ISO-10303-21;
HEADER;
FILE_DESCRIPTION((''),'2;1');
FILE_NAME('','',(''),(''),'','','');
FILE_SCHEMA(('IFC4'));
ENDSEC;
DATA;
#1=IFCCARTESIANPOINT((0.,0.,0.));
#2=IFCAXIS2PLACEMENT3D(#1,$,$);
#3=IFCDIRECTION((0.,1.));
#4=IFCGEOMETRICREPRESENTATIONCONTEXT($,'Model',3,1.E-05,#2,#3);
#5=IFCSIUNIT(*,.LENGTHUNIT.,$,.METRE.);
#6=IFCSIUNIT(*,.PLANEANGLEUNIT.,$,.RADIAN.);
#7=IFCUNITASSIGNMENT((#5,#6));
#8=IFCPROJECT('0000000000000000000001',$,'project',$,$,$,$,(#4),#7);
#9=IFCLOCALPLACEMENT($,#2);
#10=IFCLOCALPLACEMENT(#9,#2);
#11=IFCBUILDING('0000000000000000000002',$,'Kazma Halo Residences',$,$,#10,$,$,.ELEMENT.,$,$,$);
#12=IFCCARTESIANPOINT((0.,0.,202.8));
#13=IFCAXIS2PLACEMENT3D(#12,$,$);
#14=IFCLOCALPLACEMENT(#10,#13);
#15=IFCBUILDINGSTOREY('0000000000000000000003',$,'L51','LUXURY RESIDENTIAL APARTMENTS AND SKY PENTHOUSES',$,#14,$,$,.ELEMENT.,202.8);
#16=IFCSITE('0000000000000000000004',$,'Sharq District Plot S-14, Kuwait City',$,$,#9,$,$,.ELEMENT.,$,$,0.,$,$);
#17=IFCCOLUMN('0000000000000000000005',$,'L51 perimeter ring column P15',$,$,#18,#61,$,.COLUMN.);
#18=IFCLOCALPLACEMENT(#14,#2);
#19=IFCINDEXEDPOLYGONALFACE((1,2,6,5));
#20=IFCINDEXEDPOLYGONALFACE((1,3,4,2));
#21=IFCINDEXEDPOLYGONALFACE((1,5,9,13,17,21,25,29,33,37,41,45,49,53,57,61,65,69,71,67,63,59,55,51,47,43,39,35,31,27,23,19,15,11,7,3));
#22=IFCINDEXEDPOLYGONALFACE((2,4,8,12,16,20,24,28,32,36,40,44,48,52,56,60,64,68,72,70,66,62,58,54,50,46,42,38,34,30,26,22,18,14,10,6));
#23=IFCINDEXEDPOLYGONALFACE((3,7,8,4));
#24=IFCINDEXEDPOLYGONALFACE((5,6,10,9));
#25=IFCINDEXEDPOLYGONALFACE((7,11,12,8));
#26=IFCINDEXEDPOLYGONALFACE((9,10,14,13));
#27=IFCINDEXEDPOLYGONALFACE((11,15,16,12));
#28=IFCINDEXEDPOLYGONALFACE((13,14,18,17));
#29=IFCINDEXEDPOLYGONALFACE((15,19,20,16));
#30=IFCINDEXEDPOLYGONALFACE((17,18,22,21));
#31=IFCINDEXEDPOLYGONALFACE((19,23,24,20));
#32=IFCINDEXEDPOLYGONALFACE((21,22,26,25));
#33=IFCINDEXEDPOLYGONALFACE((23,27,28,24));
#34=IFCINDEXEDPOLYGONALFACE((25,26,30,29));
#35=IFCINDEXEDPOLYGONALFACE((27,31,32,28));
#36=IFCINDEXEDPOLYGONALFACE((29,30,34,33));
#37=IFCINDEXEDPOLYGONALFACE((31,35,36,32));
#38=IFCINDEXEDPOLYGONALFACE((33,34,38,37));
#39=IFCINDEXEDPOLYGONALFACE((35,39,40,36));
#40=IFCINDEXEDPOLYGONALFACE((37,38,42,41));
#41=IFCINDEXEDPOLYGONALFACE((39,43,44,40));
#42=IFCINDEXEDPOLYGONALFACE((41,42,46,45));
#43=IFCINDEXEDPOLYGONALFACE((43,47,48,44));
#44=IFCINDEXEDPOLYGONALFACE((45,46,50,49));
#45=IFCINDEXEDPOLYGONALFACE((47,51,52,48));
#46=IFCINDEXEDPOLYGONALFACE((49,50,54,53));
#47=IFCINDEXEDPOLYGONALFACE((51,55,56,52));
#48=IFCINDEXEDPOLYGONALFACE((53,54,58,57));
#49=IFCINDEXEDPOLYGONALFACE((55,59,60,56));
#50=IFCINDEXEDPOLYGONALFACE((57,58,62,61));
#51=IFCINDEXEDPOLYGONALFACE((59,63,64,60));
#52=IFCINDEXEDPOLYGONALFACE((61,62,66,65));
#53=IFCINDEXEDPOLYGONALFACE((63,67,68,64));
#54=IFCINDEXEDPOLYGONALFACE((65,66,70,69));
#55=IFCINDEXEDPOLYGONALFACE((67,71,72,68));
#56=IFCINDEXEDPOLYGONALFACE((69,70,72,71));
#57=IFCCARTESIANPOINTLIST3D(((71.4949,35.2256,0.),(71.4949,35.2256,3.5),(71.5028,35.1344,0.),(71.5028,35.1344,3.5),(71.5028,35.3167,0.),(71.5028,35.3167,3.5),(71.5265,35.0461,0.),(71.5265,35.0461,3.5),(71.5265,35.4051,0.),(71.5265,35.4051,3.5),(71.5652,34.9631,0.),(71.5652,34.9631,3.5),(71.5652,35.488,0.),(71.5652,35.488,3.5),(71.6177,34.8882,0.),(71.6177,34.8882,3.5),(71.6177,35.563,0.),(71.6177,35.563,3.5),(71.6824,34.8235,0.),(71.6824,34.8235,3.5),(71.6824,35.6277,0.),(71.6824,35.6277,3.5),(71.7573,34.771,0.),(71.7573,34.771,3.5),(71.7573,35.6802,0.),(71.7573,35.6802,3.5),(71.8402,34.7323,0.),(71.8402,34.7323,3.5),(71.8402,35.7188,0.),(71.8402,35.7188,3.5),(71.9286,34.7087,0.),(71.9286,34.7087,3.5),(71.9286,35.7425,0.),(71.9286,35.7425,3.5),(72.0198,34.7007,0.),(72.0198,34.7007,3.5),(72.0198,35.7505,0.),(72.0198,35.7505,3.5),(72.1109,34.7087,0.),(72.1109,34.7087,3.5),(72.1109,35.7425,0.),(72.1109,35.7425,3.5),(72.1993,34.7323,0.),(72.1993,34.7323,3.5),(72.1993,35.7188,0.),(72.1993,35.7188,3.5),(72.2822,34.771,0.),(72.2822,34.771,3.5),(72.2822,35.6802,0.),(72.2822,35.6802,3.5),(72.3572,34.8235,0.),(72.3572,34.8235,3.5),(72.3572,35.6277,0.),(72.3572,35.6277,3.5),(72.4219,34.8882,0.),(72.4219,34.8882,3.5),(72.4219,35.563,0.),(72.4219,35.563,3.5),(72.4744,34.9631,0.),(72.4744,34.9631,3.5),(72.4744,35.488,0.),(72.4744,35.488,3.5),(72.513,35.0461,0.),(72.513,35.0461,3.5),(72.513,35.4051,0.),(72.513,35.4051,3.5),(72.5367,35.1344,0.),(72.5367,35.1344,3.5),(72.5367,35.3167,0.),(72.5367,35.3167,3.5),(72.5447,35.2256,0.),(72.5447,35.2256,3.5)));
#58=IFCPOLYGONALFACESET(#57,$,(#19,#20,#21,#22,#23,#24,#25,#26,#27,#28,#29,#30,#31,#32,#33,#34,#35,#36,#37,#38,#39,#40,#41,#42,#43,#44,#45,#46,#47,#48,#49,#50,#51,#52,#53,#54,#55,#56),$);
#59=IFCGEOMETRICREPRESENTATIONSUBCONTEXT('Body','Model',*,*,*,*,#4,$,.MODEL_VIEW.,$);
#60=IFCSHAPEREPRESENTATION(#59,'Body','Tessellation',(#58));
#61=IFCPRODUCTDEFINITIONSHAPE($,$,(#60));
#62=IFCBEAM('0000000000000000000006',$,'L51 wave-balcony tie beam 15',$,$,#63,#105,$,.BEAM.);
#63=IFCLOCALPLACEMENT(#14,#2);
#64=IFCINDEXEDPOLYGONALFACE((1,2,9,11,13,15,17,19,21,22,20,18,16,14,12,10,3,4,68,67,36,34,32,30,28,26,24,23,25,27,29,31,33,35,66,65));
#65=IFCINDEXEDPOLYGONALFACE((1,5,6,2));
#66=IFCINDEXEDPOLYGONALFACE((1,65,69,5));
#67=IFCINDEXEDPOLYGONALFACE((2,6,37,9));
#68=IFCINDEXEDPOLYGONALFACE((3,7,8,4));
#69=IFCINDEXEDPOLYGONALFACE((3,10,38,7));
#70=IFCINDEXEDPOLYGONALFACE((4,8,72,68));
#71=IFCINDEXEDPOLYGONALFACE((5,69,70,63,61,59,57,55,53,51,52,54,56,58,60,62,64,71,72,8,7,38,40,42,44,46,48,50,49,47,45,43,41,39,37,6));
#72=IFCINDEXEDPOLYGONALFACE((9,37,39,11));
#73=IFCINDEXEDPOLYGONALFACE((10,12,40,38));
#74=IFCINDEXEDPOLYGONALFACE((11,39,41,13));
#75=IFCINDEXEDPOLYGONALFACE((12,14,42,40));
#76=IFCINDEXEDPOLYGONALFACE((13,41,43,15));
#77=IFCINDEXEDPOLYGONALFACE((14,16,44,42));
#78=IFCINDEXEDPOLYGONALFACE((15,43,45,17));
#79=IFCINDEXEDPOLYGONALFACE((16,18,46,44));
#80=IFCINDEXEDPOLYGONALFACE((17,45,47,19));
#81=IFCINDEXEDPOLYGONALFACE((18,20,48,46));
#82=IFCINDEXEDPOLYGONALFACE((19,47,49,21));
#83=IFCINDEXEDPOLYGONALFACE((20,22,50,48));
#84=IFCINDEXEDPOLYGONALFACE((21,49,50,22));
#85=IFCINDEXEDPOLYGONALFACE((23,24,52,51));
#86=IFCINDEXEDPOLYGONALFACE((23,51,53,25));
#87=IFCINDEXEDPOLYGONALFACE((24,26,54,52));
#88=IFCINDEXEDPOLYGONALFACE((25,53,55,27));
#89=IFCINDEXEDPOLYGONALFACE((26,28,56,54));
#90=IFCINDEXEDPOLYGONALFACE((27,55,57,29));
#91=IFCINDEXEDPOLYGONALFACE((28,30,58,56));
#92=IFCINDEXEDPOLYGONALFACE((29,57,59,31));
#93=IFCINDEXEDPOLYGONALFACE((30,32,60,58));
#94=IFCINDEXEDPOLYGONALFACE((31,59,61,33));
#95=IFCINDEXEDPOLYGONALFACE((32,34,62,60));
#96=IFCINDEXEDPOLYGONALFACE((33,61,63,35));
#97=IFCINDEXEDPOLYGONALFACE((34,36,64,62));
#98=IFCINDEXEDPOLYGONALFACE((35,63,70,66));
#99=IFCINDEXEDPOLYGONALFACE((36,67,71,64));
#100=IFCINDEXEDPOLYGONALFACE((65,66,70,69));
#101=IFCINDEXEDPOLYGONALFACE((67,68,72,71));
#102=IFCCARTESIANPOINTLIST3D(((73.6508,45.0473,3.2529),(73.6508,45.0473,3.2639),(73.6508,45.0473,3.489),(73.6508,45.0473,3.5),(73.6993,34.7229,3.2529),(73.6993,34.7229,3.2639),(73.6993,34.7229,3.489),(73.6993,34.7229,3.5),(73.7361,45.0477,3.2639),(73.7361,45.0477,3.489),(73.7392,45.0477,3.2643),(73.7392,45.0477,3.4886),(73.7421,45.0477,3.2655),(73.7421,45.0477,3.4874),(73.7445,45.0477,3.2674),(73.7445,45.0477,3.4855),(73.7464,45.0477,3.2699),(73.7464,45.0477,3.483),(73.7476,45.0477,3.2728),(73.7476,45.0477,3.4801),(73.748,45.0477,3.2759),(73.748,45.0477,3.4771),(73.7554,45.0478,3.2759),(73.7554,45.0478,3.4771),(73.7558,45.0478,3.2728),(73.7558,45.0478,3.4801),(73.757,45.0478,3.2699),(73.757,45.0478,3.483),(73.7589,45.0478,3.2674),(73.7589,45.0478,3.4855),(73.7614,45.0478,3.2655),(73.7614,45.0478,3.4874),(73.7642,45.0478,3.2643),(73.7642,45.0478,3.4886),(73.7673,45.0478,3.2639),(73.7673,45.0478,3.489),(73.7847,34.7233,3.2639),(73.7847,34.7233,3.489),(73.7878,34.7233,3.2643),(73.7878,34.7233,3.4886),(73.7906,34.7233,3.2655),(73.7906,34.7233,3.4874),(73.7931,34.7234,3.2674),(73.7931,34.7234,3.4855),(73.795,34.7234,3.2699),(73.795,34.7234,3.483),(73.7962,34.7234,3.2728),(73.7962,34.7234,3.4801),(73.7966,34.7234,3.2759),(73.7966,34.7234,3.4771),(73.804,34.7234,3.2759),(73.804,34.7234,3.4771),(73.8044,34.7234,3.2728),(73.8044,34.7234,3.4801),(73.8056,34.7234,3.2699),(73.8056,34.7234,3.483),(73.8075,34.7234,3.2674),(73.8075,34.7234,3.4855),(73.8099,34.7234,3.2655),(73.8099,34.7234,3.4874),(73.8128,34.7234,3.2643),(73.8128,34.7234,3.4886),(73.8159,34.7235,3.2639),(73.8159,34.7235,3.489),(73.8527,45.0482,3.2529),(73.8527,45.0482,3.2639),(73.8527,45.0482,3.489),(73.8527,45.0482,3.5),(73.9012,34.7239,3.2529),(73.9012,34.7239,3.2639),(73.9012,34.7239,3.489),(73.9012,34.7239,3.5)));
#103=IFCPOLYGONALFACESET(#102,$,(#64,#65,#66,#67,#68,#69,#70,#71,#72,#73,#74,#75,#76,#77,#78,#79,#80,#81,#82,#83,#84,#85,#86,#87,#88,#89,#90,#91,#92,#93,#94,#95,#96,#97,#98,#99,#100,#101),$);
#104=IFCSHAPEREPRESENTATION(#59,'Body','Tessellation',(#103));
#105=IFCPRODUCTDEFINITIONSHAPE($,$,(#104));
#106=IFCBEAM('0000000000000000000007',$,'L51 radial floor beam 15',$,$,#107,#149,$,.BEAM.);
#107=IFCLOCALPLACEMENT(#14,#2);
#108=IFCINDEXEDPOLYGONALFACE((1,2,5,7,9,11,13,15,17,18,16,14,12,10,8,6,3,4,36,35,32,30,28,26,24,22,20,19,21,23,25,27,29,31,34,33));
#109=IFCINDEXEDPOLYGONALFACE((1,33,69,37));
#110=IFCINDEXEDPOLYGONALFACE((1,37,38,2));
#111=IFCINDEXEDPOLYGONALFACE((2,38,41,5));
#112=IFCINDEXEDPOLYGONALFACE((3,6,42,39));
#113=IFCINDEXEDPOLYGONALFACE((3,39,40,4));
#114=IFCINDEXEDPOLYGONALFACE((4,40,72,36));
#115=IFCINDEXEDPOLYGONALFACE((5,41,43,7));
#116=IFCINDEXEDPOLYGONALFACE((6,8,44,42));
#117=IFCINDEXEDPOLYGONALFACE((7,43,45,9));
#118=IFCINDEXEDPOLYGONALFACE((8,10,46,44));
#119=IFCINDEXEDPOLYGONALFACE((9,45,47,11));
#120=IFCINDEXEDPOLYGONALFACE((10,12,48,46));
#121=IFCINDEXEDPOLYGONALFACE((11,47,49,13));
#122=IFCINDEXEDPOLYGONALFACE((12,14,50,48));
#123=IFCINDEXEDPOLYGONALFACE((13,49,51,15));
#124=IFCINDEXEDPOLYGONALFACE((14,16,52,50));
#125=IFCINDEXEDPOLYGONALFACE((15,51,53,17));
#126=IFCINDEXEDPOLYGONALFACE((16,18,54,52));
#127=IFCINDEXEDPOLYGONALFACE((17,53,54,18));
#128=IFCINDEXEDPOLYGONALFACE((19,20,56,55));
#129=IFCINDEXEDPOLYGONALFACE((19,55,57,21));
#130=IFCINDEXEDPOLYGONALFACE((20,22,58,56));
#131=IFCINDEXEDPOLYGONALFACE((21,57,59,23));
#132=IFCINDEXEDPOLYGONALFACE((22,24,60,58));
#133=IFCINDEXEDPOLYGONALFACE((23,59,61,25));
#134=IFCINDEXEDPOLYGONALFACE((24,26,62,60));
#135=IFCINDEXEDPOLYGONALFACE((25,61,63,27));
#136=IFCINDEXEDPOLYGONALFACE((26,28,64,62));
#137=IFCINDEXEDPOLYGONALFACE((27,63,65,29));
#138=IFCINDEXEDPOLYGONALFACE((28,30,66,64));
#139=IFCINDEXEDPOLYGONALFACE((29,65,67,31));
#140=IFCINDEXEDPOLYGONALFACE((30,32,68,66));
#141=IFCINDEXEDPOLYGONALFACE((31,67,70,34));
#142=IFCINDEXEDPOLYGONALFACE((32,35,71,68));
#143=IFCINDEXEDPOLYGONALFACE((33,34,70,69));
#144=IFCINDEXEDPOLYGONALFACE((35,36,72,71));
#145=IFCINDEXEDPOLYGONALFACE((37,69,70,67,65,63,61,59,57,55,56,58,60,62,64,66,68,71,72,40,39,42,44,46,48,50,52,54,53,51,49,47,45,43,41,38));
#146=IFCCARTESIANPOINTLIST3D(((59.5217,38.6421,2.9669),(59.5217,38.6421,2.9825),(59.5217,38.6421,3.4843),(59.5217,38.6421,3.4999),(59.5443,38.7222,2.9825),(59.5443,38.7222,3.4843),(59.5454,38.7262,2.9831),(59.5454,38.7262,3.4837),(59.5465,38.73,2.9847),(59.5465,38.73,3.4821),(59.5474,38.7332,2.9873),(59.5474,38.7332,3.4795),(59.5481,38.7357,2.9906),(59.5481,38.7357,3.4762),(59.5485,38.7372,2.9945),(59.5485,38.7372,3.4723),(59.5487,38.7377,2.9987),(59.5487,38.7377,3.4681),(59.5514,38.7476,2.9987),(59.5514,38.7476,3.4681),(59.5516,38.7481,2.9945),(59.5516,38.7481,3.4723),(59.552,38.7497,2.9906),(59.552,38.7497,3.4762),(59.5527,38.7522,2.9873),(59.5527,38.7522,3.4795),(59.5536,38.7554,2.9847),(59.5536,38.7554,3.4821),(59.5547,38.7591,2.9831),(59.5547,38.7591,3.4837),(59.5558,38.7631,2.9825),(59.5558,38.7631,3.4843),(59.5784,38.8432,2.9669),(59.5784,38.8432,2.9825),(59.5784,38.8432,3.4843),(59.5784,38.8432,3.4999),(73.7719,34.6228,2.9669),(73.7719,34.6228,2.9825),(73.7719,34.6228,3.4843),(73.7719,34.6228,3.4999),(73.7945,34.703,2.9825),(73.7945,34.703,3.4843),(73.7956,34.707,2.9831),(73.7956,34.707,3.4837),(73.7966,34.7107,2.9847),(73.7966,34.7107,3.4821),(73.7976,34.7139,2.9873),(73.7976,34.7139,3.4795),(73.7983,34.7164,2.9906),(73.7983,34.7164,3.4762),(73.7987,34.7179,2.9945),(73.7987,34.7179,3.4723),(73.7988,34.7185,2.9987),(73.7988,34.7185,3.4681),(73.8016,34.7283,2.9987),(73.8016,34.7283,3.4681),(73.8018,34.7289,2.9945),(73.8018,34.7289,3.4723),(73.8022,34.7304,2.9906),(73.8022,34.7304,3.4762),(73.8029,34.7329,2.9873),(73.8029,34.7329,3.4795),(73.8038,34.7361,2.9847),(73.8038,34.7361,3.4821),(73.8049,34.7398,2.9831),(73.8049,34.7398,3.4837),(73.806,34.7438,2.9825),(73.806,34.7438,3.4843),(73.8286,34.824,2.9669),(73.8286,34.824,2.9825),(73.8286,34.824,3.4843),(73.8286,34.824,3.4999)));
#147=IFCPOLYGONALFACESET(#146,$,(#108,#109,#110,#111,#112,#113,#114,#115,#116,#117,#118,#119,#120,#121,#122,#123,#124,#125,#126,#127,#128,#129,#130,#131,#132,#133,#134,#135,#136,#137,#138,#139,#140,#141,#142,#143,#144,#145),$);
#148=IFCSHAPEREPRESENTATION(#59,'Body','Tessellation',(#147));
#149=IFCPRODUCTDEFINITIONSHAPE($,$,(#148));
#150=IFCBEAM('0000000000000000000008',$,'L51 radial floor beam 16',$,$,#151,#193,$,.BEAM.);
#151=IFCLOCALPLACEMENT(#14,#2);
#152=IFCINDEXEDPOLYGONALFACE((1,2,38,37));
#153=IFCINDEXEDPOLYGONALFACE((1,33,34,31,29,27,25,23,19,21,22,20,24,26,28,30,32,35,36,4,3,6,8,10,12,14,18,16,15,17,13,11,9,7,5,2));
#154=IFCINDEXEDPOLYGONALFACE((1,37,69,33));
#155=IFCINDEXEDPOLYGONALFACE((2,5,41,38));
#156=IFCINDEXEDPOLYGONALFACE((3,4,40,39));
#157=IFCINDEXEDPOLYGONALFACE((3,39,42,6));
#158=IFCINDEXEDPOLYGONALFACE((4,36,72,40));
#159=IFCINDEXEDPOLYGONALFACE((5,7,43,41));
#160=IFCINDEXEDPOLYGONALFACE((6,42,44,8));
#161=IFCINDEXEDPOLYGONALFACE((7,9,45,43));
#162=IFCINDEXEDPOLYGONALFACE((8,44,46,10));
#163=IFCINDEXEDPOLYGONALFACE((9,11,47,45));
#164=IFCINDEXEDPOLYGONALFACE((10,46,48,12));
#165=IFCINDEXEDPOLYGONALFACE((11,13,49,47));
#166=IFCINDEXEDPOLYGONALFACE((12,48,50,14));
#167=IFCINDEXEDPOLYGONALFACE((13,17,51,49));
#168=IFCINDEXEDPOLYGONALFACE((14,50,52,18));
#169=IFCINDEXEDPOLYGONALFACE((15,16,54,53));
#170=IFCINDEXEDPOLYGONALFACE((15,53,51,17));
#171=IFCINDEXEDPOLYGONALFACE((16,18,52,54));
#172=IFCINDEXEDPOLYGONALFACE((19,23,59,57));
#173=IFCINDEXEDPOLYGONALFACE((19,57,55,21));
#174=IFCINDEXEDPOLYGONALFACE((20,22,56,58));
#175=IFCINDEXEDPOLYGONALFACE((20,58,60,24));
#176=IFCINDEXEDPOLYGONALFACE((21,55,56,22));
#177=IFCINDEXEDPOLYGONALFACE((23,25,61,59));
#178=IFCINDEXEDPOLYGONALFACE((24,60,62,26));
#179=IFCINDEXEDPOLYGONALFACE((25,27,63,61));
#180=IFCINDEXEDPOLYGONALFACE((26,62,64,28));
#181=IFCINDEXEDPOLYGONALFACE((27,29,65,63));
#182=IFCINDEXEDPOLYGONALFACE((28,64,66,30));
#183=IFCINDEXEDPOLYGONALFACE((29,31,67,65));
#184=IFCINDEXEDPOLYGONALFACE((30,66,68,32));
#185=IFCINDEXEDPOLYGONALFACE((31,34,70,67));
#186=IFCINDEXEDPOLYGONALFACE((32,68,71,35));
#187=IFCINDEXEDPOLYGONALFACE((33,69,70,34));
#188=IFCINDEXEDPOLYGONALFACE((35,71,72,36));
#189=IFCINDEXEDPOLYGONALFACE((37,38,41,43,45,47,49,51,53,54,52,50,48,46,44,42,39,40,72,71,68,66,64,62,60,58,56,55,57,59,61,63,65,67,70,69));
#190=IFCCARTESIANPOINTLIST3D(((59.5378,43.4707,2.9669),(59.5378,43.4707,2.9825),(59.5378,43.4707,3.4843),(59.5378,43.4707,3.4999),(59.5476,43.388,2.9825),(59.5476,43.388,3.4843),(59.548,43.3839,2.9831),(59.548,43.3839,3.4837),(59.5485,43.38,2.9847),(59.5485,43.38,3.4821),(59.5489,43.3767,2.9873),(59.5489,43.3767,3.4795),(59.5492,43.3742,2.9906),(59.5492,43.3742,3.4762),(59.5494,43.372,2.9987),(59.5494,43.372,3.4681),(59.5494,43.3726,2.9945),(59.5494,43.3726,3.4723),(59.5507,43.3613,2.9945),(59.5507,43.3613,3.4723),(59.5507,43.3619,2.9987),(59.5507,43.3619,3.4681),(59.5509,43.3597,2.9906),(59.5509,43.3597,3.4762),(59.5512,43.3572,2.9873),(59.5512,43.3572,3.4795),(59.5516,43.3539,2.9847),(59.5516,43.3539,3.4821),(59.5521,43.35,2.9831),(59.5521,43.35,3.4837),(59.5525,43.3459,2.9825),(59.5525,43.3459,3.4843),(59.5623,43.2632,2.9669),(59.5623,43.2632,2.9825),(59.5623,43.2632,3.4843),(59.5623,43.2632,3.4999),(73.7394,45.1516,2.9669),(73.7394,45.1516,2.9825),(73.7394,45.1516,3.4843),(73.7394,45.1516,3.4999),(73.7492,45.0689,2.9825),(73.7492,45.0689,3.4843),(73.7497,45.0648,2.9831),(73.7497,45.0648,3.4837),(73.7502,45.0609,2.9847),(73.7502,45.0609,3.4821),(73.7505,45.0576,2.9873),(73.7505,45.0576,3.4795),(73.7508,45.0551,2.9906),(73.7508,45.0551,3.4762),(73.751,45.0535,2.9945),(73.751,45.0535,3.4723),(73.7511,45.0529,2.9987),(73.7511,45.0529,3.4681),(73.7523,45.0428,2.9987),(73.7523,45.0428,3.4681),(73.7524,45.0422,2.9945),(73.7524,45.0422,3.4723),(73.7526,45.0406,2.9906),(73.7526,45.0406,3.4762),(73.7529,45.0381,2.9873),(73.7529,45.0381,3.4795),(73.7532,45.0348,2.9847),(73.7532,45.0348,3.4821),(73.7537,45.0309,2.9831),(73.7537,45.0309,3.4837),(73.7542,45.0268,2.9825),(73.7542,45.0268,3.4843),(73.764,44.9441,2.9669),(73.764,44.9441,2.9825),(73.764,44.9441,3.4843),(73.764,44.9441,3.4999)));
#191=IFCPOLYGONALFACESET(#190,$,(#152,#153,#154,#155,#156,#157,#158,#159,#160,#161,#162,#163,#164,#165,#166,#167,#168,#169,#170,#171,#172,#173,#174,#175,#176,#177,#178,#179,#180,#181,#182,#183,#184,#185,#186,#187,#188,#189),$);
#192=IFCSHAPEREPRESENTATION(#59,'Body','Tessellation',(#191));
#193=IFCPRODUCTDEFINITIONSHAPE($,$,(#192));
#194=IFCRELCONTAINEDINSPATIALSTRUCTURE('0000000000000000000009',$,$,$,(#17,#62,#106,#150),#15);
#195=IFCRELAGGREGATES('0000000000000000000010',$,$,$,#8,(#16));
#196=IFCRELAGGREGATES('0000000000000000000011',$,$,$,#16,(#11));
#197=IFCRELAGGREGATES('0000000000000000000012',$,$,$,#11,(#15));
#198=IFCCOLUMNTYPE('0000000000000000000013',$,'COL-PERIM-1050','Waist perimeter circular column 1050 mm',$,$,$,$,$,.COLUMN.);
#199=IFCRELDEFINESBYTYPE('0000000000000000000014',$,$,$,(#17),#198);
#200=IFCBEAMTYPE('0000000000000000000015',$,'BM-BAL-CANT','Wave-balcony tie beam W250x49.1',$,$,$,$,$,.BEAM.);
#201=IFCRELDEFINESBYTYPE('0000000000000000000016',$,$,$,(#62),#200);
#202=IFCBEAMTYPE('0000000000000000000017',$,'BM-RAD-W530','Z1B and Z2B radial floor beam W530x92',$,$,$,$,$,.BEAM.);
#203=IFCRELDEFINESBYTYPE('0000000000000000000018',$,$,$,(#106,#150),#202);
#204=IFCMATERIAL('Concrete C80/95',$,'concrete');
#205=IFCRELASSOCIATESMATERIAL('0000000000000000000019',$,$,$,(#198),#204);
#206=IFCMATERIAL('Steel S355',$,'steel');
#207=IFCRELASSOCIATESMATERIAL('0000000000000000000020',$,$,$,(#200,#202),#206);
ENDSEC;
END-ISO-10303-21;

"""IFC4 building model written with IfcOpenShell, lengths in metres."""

from ifc_helpers import new_model, si_unit, direction, frame, origin, origin_2d, place, context, subcontext, project, spatial, circle, i_section, extrude, material, material_profile, profile_set, type_object, element, save


model = new_model("IFC4")

# Units and contexts
model_context = context("Model", 3, precision=1e-05, world=origin(), true_north=direction((0.0, 1.0)))
body_context = subcontext(model_context, "Body", "Model", "MODEL_VIEW")
ifc_project = project(units=[si_unit("LENGTHUNIT", "METRE"), si_unit("PLANEANGLEUNIT", "RADIAN")], contexts=[model_context])

# Site, building, storey
site_placement = place(None, origin())
site = spatial("IfcSite", under=ifc_project, at=site_placement, Name="Sharq District Plot S-14, Kuwait City", CompositionType="ELEMENT", RefElevation=0.0)
building_placement = place(site_placement, origin())
building = spatial("IfcBuilding", under=site, at=building_placement, Name="Kazma Halo Residences", CompositionType="ELEMENT")
storey_placement = place(building_placement, frame((0.0, 0.0, 202.8)))
storey = spatial("IfcBuildingStorey", under=building, at=storey_placement, Name="L51", Description="LUXURY RESIDENTIAL APARTMENTS AND SKY PENTHOUSES", CompositionType="ELEMENT", Elevation=202.8)

# Column
ifc_material_1 = material(Name="Concrete C80/95", Category="concrete")
ifc_material_profile_1 = material_profile(ifc_material_1, circle(Radius=0.5249, at=origin_2d()), Name="CIRC1050")
ifc_profile_set_1 = profile_set([ifc_material_profile_1], Name="Concrete C80/95")
column_type = type_object("IfcColumnType", Name="COL-PERIM-1050", Description="Waist perimeter circular column 1050 mm", PredefinedType="COLUMN", material=ifc_profile_set_1)
column_placement = place(storey_placement, frame((72.0198, 35.2256, 0.0), z_axis=(0.0, 0.0, 1.0), x_axis=(1.0, 0.0, 0.0)))
element("IfcColumn", 1, at=column_placement, inside=storey, type_object=column_type, Name="L51 perimeter ring column P15", PredefinedType="COLUMN", context=body_context, shape_type="SweptSolid", body=[
    extrude(circle(Radius=0.5249, at=origin_2d()), origin(), (0.0, 0.0, 1.0), 3.5),
])

# Beams
ifc_material_2 = material(Name="Steel S355", Category="steel")
ifc_material_profile_2 = material_profile(ifc_material_2, i_section(OverallWidth=0.2019, OverallDepth=0.2471, WebThickness=0.0073, FlangeThickness=0.011, FilletRadius=0.012, at=origin_2d()), Name="W250x49.1")
ifc_profile_set_2 = profile_set([ifc_material_profile_2], Name="Steel S355")
beam_type_1 = type_object("IfcBeamType", Name="BM-BAL-CANT", Description="Wave-balcony tie beam W250x49.1", PredefinedType="BEAM", material=ifc_profile_set_2)
beam_1_placement = place(storey_placement, frame((73.8003, 34.7234, 3.3765), z_axis=(-0.004706, 0.999989, 0.0), x_axis=(-0.999989, -0.004706, 0.0)))
element("IfcBeam", 2, at=beam_1_placement, inside=storey, type_object=beam_type_1, Name="L51 wave-balcony tie beam 15", PredefinedType="BEAM", context=body_context, shape_type="SweptSolid", body=[
    extrude(i_section(OverallWidth=0.2019, OverallDepth=0.2471, WebThickness=0.0073, FlangeThickness=0.011, FilletRadius=0.012, at=origin_2d()), origin(), (0.0, 0.0, 1.0), 10.3245),
])
ifc_material_profile_3 = material_profile(ifc_material_2, i_section(OverallWidth=0.209, OverallDepth=0.533, WebThickness=0.0103, FlangeThickness=0.0156, FilletRadius=0.0161, at=origin_2d()), Name="W530x92")
ifc_profile_set_3 = profile_set([ifc_material_profile_3], Name="Steel S355")
beam_type_2 = type_object("IfcBeamType", Name="BM-RAD-W530", Description="Z1B and Z2B radial floor beam W530x92", PredefinedType="BEAM", material=ifc_profile_set_3)
beam_2_placement = place(storey_placement, frame((59.55, 38.7427, 3.2334), z_axis=(0.96245, -0.271459, 0.0), x_axis=(0.271459, 0.96245, 0.0)))
element("IfcBeam", 3, at=beam_2_placement, inside=storey, type_object=beam_type_2, Name="L51 radial floor beam 15", PredefinedType="BEAM", context=body_context, shape_type="SweptSolid", body=[
    extrude(i_section(OverallWidth=0.209, OverallDepth=0.533, WebThickness=0.0103, FlangeThickness=0.0156, FilletRadius=0.0161, at=origin_2d()), origin(), (0.0, 0.0, 1.0), 14.8062),
])
beam_3_placement = place(storey_placement, frame((59.55, 43.3669, 3.2334), z_axis=(0.993068, 0.11754, 0.0), x_axis=(-0.11754, 0.993068, 0.0)))
element("IfcBeam", 4, at=beam_3_placement, inside=storey, type_object=beam_type_2, Name="L51 radial floor beam 16", PredefinedType="BEAM", context=body_context, shape_type="SweptSolid", body=[
    extrude(i_section(OverallWidth=0.209, OverallDepth=0.533, WebThickness=0.0103, FlangeThickness=0.0156, FilletRadius=0.0161, at=origin_2d()), origin(), (0.0, 0.0, 1.0), 14.3008),
])

save(model, "model.ifc")
